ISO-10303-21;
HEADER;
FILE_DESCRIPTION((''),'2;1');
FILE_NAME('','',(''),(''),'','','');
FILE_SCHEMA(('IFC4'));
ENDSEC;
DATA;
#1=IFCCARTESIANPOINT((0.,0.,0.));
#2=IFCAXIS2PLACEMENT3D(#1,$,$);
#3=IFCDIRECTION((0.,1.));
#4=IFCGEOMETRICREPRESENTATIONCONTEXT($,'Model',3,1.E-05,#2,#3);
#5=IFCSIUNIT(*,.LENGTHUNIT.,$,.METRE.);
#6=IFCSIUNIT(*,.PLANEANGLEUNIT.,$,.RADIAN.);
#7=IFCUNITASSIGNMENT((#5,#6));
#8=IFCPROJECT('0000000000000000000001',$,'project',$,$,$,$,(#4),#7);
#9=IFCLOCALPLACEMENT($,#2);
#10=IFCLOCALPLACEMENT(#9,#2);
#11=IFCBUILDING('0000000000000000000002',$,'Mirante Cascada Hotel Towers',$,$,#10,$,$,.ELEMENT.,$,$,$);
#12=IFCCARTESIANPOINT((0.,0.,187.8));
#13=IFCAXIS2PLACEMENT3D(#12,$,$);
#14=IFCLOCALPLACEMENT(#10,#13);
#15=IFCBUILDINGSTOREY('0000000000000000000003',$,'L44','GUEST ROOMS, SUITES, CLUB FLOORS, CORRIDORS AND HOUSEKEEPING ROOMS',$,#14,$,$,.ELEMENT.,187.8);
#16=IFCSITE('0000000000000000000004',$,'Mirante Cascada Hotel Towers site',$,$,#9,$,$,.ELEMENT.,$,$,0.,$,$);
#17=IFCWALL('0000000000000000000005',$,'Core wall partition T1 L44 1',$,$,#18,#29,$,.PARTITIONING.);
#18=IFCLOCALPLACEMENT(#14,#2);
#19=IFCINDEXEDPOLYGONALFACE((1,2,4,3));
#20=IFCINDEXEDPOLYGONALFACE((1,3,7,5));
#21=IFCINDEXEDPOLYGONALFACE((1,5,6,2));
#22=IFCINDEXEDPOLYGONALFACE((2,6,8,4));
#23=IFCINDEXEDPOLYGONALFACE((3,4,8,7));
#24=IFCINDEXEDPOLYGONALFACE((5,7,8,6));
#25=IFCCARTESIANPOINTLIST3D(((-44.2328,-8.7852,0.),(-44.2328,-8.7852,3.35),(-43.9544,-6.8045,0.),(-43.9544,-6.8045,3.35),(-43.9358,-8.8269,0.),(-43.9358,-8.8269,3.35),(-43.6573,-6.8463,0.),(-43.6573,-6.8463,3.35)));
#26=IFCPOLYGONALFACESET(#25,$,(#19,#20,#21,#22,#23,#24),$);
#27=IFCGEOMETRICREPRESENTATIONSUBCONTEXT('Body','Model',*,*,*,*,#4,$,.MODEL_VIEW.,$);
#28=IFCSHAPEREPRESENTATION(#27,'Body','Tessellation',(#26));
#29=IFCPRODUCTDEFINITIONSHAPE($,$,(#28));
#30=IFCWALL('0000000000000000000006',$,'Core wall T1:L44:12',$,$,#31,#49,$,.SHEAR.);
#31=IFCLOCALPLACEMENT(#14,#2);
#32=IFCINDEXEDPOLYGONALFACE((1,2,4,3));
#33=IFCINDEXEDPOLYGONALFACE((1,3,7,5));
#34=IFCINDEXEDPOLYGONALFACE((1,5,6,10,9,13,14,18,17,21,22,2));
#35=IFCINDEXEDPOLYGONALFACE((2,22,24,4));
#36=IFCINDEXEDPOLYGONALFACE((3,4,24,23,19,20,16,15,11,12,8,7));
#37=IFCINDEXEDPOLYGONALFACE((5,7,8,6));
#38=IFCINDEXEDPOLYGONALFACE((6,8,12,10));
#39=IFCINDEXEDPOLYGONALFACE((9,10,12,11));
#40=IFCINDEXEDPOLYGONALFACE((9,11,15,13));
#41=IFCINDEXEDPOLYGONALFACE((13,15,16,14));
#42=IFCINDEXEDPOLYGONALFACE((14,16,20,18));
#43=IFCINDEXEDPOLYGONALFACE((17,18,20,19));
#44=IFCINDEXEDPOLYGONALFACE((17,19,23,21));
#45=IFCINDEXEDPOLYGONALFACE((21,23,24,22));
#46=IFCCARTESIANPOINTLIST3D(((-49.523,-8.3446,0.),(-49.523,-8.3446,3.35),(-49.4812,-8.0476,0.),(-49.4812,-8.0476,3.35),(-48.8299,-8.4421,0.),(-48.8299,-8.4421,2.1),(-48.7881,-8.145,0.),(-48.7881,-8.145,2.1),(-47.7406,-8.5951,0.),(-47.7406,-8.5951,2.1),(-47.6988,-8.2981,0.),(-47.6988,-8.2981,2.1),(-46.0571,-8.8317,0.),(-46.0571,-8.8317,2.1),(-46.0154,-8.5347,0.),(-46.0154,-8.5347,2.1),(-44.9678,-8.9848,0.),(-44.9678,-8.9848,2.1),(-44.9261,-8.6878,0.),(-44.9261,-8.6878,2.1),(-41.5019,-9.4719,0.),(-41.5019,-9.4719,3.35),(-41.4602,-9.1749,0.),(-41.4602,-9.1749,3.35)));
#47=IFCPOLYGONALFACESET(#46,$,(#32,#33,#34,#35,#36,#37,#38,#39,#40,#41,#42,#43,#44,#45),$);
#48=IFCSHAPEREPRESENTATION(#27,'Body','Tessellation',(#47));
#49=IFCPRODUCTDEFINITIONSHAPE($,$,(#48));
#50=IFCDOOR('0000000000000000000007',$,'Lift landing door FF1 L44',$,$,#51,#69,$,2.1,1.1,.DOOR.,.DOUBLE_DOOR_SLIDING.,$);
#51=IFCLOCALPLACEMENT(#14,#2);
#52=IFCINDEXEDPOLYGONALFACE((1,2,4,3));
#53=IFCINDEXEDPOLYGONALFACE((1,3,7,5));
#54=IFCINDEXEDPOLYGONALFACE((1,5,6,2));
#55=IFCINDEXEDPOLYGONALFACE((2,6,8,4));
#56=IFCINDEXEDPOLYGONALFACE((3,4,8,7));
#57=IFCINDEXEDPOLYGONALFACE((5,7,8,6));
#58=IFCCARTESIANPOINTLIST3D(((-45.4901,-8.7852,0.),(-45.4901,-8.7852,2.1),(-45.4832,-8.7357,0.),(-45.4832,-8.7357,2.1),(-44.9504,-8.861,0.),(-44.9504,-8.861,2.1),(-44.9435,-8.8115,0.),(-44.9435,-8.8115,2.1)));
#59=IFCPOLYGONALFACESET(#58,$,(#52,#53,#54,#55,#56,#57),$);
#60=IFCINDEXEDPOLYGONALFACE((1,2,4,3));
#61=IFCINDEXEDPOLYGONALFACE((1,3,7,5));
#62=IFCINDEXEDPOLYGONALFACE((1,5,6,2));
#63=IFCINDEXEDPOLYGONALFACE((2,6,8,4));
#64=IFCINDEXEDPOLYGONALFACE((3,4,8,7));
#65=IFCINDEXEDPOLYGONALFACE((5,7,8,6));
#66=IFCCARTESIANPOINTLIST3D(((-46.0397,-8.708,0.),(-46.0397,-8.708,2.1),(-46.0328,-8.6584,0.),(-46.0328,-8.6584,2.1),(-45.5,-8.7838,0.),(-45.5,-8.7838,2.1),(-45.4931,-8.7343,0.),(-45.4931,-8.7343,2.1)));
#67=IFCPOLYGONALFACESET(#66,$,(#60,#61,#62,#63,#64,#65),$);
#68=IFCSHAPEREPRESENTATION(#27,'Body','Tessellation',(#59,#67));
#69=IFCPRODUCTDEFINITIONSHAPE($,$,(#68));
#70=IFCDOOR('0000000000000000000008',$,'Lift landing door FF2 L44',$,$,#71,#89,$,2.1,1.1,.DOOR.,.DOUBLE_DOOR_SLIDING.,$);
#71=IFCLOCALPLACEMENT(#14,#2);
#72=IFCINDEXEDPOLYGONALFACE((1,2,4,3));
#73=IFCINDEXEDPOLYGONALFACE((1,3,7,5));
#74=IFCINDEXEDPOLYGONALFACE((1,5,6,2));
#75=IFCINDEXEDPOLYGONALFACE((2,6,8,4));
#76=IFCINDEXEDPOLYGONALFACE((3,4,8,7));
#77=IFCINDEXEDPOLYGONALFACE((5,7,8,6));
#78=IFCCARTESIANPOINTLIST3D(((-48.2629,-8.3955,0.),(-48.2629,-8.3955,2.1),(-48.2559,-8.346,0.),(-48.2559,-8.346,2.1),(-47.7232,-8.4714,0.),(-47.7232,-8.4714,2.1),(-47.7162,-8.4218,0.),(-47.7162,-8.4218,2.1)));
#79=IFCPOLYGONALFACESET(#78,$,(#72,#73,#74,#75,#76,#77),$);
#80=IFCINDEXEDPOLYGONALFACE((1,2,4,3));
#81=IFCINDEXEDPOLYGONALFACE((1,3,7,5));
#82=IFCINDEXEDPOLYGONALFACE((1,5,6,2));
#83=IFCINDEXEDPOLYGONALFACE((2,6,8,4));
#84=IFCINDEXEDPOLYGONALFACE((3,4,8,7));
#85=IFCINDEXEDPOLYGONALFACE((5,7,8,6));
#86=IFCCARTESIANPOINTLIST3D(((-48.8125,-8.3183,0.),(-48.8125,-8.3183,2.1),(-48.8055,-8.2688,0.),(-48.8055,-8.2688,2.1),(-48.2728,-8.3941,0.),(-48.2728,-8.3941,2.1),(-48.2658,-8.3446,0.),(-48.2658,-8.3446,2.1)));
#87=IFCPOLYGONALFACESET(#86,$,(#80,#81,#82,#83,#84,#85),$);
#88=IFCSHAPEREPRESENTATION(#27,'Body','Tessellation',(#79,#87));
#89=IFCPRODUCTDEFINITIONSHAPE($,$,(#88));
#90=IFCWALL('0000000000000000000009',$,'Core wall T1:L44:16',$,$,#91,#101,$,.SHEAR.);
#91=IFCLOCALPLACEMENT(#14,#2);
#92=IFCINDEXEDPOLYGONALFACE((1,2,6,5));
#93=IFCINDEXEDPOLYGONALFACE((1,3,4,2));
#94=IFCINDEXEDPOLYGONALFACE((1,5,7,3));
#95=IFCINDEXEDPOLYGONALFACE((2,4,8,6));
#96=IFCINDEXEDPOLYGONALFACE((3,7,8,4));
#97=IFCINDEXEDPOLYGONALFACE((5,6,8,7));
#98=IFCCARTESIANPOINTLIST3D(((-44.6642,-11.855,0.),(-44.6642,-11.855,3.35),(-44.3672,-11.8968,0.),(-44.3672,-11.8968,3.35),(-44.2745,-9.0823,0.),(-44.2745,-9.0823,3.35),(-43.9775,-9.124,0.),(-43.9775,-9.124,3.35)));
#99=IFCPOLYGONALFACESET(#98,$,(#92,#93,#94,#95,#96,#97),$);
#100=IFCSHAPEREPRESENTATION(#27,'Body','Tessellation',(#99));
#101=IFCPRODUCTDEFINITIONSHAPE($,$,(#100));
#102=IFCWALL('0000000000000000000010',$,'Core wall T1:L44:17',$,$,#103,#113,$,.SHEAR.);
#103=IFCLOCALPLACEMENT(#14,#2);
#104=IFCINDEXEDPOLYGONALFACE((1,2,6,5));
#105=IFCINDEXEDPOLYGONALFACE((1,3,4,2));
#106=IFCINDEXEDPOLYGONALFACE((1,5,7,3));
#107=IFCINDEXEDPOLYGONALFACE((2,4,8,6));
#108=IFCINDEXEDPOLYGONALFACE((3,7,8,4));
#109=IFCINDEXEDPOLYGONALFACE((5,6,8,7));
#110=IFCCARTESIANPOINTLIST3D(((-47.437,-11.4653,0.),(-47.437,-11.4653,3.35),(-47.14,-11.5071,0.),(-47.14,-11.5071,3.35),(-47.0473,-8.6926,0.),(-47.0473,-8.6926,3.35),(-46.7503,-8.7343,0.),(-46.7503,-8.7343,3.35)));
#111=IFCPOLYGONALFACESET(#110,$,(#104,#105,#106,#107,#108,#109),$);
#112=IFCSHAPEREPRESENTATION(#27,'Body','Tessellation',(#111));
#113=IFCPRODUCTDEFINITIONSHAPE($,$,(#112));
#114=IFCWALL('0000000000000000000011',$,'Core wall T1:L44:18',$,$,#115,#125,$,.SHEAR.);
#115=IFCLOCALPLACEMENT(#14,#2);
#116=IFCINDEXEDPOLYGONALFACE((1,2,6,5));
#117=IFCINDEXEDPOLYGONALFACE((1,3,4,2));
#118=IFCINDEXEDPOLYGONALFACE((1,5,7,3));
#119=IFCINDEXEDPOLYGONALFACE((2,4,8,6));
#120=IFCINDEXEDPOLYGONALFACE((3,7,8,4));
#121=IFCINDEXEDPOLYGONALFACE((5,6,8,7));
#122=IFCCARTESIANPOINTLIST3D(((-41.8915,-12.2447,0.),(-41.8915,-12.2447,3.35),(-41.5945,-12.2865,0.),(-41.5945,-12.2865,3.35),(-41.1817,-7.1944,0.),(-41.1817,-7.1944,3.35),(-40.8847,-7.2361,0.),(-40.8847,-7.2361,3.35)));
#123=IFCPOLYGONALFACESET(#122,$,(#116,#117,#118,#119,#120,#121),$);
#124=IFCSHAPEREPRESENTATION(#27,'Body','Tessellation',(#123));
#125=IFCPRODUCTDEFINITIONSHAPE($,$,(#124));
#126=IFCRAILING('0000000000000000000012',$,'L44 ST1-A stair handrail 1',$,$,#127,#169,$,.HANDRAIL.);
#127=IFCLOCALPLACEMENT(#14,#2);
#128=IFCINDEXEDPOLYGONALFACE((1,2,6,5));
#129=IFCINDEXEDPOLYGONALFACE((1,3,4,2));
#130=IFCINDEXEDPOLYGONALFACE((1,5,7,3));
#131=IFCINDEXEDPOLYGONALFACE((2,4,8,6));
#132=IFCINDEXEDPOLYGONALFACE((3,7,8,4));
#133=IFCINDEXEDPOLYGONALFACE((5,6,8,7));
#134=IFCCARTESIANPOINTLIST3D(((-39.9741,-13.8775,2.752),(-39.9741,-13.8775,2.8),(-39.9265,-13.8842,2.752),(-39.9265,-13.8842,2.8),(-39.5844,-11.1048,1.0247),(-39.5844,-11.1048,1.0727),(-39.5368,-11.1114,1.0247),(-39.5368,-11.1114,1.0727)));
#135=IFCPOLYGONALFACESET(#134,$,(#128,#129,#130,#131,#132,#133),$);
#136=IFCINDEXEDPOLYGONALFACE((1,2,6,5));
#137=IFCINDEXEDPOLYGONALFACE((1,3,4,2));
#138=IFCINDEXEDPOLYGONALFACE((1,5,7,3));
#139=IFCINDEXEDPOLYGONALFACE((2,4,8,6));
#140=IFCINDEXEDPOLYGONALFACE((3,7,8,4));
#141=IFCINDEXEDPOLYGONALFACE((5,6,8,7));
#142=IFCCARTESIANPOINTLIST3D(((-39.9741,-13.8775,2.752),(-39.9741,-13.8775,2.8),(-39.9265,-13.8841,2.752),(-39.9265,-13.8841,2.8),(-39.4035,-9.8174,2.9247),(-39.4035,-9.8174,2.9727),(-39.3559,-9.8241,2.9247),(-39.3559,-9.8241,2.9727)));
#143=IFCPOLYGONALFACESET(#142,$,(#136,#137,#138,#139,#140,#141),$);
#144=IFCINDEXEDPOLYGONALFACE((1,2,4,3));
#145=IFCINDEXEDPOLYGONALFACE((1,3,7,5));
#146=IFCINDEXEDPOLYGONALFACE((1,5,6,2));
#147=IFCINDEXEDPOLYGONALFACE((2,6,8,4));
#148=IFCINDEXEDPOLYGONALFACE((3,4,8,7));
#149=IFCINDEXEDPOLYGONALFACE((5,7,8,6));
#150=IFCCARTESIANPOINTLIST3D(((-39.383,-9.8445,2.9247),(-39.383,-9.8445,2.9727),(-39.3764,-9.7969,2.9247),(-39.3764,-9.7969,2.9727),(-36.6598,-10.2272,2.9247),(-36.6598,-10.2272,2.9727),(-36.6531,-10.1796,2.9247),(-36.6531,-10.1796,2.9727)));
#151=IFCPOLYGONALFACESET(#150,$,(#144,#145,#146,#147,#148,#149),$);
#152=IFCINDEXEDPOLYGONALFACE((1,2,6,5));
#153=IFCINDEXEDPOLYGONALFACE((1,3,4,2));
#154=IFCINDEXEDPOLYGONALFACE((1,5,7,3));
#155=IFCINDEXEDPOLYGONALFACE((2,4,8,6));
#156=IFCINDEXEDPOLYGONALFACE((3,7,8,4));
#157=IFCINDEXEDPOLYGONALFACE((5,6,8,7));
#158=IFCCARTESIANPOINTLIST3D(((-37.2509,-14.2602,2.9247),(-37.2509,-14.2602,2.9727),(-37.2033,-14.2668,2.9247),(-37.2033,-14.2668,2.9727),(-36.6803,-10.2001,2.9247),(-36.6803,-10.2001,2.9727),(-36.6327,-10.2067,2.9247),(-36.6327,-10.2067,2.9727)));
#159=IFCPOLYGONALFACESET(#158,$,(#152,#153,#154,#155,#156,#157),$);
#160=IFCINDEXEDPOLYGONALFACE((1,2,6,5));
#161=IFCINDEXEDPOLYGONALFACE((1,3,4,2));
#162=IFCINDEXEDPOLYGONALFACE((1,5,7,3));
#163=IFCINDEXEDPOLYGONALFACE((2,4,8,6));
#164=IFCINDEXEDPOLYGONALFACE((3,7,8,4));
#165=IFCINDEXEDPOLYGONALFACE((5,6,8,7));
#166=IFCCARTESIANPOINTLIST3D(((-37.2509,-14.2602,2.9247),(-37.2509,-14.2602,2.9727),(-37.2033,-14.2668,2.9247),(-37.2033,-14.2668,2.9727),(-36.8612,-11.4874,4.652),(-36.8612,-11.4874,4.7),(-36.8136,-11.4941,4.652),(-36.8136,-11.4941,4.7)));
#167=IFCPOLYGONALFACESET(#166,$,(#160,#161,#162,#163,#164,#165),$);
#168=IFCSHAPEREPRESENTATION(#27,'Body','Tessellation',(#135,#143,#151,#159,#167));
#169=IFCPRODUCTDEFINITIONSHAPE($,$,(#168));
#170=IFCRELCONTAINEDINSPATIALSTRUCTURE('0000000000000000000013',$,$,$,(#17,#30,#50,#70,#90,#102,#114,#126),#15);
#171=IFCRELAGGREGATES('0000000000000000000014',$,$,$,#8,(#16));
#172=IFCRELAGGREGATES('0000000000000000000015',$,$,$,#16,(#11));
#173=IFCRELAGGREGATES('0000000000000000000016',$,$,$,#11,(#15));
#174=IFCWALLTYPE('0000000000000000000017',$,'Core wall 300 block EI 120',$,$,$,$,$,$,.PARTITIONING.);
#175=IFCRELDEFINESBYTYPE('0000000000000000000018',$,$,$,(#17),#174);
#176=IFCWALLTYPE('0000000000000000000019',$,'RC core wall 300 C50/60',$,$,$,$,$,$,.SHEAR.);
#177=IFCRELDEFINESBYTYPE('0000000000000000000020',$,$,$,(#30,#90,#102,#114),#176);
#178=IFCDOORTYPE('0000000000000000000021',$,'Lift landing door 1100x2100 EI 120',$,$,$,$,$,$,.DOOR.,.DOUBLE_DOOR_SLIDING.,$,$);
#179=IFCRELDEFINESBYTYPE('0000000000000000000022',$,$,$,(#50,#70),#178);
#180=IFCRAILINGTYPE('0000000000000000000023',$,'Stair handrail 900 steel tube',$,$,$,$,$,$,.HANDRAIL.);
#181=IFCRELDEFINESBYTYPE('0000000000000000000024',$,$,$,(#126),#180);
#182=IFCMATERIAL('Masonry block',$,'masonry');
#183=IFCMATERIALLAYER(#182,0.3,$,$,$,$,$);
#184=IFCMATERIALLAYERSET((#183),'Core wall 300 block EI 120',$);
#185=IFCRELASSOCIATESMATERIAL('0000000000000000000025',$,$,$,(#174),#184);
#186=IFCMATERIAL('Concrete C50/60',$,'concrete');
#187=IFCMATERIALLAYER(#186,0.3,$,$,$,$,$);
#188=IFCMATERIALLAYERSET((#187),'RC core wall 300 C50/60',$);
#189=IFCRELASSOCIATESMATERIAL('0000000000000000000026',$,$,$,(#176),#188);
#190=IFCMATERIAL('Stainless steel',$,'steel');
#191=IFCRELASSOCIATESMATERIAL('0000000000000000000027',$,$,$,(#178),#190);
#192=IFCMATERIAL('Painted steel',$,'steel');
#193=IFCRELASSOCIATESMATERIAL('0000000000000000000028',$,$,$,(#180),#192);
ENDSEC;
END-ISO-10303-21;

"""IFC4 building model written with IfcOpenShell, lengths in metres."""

from ifc_helpers import new_model, si_unit, direction, frame, frame_2d, origin, origin_2d, place, context, subcontext, project, spatial, rectangle, extrude, material, layer, layer_set, type_object, element, fill, save


model = new_model("IFC4")

# Units and contexts
model_context = context("Model", 3, precision=1e-05, world=origin(), true_north=direction((0.0, 1.0)))
body_context = subcontext(model_context, "Body", "Model", "MODEL_VIEW")
ifc_project = project(units=[si_unit("LENGTHUNIT", "METRE"), si_unit("PLANEANGLEUNIT", "RADIAN")], contexts=[model_context])

# Site, building, storey
site_placement = place(None, origin())
site = spatial("IfcSite", under=ifc_project, at=site_placement, Name="Mirante Cascada Hotel Towers site", CompositionType="ELEMENT", RefElevation=0.0)
building_placement = place(site_placement, origin())
building = spatial("IfcBuilding", under=site, at=building_placement, Name="Mirante Cascada Hotel Towers", CompositionType="ELEMENT")
storey_placement = place(building_placement, frame((0.0, 0.0, 187.8)))
storey = spatial("IfcBuildingStorey", under=building, at=storey_placement, Name="L44", Description="GUEST ROOMS, SUITES, CLUB FLOORS, CORRIDORS AND HOUSEKEEPING ROOMS", CompositionType="ELEMENT", Elevation=187.8)

# Wall
ifc_material_1 = material(Name="Masonry block", Category="masonry")
ifc_layer_1 = layer(ifc_material_1, 0.3)
ifc_layer_set_1 = layer_set([ifc_layer_1], Name="Core wall 300 block EI 120")
wall_type_1 = type_object("IfcWallType", Name="Core wall 300 block EI 120", PredefinedType="PARTITIONING", material=ifc_layer_set_1)
wall_1_placement = place(storey_placement, frame((-44.0843, -8.8061, 0.0), z_axis=(0.0, 0.0, 1.0), x_axis=(0.139195, 0.990265, 0.0)))
element("IfcWall", 1, at=wall_1_placement, inside=storey, type_object=wall_type_1, Name="Core wall partition T1 L44 1", PredefinedType="PARTITIONING", context=body_context, shape_type="SweptSolid", body=[
    extrude(rectangle(XDim=2.0001, YDim=0.3, at=frame_2d((1.0001, 0.0))), origin(), (0.0, 0.0, 1.0), 3.35),
])

# Wall, openings, doors
ifc_material_2 = material(Name="Concrete C50/60", Category="concrete")
ifc_layer_2 = layer(ifc_material_2, 0.3)
ifc_layer_set_2 = layer_set([ifc_layer_2], Name="RC core wall 300 C50/60")
wall_type_2 = type_object("IfcWallType", Name="RC core wall 300 C50/60", PredefinedType="SHEAR", material=ifc_layer_set_2)
wall_2_placement = place(storey_placement, frame((-41.481, -9.3234, 0.0), z_axis=(0.0, 0.0, 1.0), x_axis=(-0.990268, 0.139174, 0.0)))
wall_2 = element("IfcWall", 2, at=wall_2_placement, inside=storey, type_object=wall_type_2, Name="Core wall T1:L44:12", PredefinedType="SHEAR", context=body_context, shape_type="SweptSolid", body=[
    extrude(rectangle(XDim=8.0999, YDim=0.3, at=frame_2d((4.05, 0.0))), origin(), (0.0, 0.0, 1.0), 3.35),
])
opening_1_placement = place(wall_2_placement, frame((3.5, 0.0, 0.0)))
opening_1 = element("IfcOpeningElement", 3, at=opening_1_placement, cuts=wall_2, PredefinedType="OPENING", context=body_context, shape_type="SweptSolid", body=[
    extrude(rectangle(XDim=1.1, YDim=2.1, at=frame_2d((0.55, 1.05))), frame((0.0, 0.15, 0.0), z_axis=(0.0, -1.0, 0.0), x_axis=(1.0, 0.0, 0.0)), (0.0, 0.0, 1.0), 0.3),
])
opening_2_placement = place(wall_2_placement, frame((6.3, 0.0, 0.0)))
opening_2 = element("IfcOpeningElement", 4, at=opening_2_placement, cuts=wall_2, PredefinedType="OPENING", context=body_context, shape_type="SweptSolid", body=[
    extrude(rectangle(XDim=1.1, YDim=2.1, at=frame_2d((0.55, 1.05))), frame((0.0, 0.15, 0.0), z_axis=(0.0, -1.0, 0.0), x_axis=(1.0, 0.0, 0.0)), (0.0, 0.0, 1.0), 0.3),
])
ifc_material_3 = material(Name="Stainless steel", Category="steel")
door_type = type_object("IfcDoorType", Name="Lift landing door 1100x2100 EI 120", OperationType="DOUBLE_DOOR_SLIDING", PredefinedType="DOOR", material=ifc_material_3)
door_1_placement = place(opening_1_placement, origin())
door_1 = element("IfcDoor", 5, at=door_1_placement, inside=storey, type_object=door_type, Name="Lift landing door FF1 L44", OperationType="DOUBLE_DOOR_SLIDING", OverallHeight=2.1, OverallWidth=1.1, PredefinedType="DOOR", context=body_context, shape_type="SweptSolid", body=[
    extrude(rectangle(XDim=0.545, YDim=2.1, at=frame_2d((0.2725, 1.05))), frame((0.0, 0.025, 0.0), z_axis=(0.0, -1.0, 0.0), x_axis=(1.0, 0.0, 0.0)), (0.0, 0.0, 1.0), 0.05),
    extrude(rectangle(XDim=0.545, YDim=2.1, at=frame_2d((0.8275, 1.05))), frame((0.0, 0.025, 0.0), z_axis=(0.0, -1.0, 0.0), x_axis=(1.0, 0.0, 0.0)), (0.0, 0.0, 1.0), 0.05),
])
fill(opening_1, door_1)
door_2_placement = place(opening_2_placement, origin())
door_2 = element("IfcDoor", 6, at=door_2_placement, inside=storey, type_object=door_type, Name="Lift landing door FF2 L44", OperationType="DOUBLE_DOOR_SLIDING", OverallHeight=2.1, OverallWidth=1.1, PredefinedType="DOOR", context=body_context, shape_type="SweptSolid", body=[
    extrude(rectangle(XDim=0.545, YDim=2.1, at=frame_2d((0.2725, 1.05))), frame((0.0, 0.025, 0.0), z_axis=(0.0, -1.0, 0.0), x_axis=(1.0, 0.0, 0.0)), (0.0, 0.0, 1.0), 0.05),
    extrude(rectangle(XDim=0.545, YDim=2.1, at=frame_2d((0.8275, 1.05))), frame((0.0, 0.025, 0.0), z_axis=(0.0, -1.0, 0.0), x_axis=(1.0, 0.0, 0.0)), (0.0, 0.0, 1.0), 0.05),
])
fill(opening_2, door_2)

# Walls
for number, where, z_axis, x_axis, name in (
    (7, (-44.5157, -11.8759, 0.0), (0.0, 0.0, 1.0), (0.139181, 0.990267, 0.0), "Core wall T1:L44:16"),
    (8, (-47.2885, -11.4862, 0.0), (0.0, 0.0, 1.0), (0.139181, 0.990267, 0.0), "Core wall T1:L44:17"),
):
    element("IfcWall", number, at=place(storey_placement, frame(where, z_axis=z_axis, x_axis=x_axis)), inside=storey, type_object=wall_type_2, Name=name, PredefinedType="SHEAR", context=body_context, shape_type="SweptSolid", body=[
        extrude(rectangle(XDim=2.8, YDim=0.3, at=frame_2d((1.4, 0.0))), origin(), (0.0, 0.0, 1.0), 3.35),
    ])
wall_3_placement = place(storey_placement, frame((-41.743, -12.2656, 0.0), z_axis=(0.0, 0.0, 1.0), x_axis=(0.139176, 0.990268, 0.0)))
element("IfcWall", 9, at=wall_3_placement, inside=storey, type_object=wall_type_2, Name="Core wall T1:L44:18", PredefinedType="SHEAR", context=body_context, shape_type="SweptSolid", body=[
    extrude(rectangle(XDim=5.1, YDim=0.3, at=frame_2d((2.55, 0.0))), origin(), (0.0, 0.0, 1.0), 3.35),
])

# Railing
ifc_material_4 = material(Name="Painted steel", Category="steel")
railing_type = type_object("IfcRailingType", Name="Stair handrail 900 steel tube", PredefinedType="HANDRAIL", material=ifc_material_4)
railing_placement = place(storey_placement, frame((-39.5606, -11.1081, 0.1727)))
element("IfcRailing", 10, at=railing_placement, inside=storey, type_object=railing_type, Name="L44 ST1-A stair handrail 1", PredefinedType="HANDRAIL", context=body_context, shape_type="SweptSolid", body=[
    extrude(rectangle(XDim=0.048, YDim=0.048, at=origin_2d()), frame((0.0, 0.0, 0.876), z_axis=(-0.139181, -0.990267, 0.0), x_axis=(0.990267, -0.139181, 0.0)), (0.0, 0.525035, 0.851081), 3.2899),
    extrude(rectangle(XDim=0.048, YDim=0.048, at=origin_2d()), frame((-0.3897, -2.7727, 2.6033), z_axis=(0.139171, 0.990268, 0.0), x_axis=(-0.990268, 0.139171, 0.0)), (0.0, 0.042085, 0.999114), 4.1036),
    extrude(rectangle(XDim=0.048, YDim=0.048, at=origin_2d()), frame((0.1809, 1.2874, 2.776), z_axis=(0.990269, -0.139166, 0.0), x_axis=(0.139166, 0.990269, 0.0)), (0.0, 0.0, 1.0), 2.75),
    extrude(rectangle(XDim=0.048, YDim=0.048, at=origin_2d()), frame((2.9041, 0.9047, 2.776), z_axis=(-0.139171, -0.990268, 0.0), x_axis=(0.990268, -0.139171, 0.0)), (0.0, 0.0, 1.0), 4.1),
    extrude(rectangle(XDim=0.048, YDim=0.048, at=origin_2d()), frame((2.3335, -3.1554, 2.776), z_axis=(0.139181, 0.990267, 0.0), x_axis=(-0.990267, 0.139181, 0.0)), (0.0, 0.525035, 0.851081), 3.2899),
])

save(model, "model.ifc")
